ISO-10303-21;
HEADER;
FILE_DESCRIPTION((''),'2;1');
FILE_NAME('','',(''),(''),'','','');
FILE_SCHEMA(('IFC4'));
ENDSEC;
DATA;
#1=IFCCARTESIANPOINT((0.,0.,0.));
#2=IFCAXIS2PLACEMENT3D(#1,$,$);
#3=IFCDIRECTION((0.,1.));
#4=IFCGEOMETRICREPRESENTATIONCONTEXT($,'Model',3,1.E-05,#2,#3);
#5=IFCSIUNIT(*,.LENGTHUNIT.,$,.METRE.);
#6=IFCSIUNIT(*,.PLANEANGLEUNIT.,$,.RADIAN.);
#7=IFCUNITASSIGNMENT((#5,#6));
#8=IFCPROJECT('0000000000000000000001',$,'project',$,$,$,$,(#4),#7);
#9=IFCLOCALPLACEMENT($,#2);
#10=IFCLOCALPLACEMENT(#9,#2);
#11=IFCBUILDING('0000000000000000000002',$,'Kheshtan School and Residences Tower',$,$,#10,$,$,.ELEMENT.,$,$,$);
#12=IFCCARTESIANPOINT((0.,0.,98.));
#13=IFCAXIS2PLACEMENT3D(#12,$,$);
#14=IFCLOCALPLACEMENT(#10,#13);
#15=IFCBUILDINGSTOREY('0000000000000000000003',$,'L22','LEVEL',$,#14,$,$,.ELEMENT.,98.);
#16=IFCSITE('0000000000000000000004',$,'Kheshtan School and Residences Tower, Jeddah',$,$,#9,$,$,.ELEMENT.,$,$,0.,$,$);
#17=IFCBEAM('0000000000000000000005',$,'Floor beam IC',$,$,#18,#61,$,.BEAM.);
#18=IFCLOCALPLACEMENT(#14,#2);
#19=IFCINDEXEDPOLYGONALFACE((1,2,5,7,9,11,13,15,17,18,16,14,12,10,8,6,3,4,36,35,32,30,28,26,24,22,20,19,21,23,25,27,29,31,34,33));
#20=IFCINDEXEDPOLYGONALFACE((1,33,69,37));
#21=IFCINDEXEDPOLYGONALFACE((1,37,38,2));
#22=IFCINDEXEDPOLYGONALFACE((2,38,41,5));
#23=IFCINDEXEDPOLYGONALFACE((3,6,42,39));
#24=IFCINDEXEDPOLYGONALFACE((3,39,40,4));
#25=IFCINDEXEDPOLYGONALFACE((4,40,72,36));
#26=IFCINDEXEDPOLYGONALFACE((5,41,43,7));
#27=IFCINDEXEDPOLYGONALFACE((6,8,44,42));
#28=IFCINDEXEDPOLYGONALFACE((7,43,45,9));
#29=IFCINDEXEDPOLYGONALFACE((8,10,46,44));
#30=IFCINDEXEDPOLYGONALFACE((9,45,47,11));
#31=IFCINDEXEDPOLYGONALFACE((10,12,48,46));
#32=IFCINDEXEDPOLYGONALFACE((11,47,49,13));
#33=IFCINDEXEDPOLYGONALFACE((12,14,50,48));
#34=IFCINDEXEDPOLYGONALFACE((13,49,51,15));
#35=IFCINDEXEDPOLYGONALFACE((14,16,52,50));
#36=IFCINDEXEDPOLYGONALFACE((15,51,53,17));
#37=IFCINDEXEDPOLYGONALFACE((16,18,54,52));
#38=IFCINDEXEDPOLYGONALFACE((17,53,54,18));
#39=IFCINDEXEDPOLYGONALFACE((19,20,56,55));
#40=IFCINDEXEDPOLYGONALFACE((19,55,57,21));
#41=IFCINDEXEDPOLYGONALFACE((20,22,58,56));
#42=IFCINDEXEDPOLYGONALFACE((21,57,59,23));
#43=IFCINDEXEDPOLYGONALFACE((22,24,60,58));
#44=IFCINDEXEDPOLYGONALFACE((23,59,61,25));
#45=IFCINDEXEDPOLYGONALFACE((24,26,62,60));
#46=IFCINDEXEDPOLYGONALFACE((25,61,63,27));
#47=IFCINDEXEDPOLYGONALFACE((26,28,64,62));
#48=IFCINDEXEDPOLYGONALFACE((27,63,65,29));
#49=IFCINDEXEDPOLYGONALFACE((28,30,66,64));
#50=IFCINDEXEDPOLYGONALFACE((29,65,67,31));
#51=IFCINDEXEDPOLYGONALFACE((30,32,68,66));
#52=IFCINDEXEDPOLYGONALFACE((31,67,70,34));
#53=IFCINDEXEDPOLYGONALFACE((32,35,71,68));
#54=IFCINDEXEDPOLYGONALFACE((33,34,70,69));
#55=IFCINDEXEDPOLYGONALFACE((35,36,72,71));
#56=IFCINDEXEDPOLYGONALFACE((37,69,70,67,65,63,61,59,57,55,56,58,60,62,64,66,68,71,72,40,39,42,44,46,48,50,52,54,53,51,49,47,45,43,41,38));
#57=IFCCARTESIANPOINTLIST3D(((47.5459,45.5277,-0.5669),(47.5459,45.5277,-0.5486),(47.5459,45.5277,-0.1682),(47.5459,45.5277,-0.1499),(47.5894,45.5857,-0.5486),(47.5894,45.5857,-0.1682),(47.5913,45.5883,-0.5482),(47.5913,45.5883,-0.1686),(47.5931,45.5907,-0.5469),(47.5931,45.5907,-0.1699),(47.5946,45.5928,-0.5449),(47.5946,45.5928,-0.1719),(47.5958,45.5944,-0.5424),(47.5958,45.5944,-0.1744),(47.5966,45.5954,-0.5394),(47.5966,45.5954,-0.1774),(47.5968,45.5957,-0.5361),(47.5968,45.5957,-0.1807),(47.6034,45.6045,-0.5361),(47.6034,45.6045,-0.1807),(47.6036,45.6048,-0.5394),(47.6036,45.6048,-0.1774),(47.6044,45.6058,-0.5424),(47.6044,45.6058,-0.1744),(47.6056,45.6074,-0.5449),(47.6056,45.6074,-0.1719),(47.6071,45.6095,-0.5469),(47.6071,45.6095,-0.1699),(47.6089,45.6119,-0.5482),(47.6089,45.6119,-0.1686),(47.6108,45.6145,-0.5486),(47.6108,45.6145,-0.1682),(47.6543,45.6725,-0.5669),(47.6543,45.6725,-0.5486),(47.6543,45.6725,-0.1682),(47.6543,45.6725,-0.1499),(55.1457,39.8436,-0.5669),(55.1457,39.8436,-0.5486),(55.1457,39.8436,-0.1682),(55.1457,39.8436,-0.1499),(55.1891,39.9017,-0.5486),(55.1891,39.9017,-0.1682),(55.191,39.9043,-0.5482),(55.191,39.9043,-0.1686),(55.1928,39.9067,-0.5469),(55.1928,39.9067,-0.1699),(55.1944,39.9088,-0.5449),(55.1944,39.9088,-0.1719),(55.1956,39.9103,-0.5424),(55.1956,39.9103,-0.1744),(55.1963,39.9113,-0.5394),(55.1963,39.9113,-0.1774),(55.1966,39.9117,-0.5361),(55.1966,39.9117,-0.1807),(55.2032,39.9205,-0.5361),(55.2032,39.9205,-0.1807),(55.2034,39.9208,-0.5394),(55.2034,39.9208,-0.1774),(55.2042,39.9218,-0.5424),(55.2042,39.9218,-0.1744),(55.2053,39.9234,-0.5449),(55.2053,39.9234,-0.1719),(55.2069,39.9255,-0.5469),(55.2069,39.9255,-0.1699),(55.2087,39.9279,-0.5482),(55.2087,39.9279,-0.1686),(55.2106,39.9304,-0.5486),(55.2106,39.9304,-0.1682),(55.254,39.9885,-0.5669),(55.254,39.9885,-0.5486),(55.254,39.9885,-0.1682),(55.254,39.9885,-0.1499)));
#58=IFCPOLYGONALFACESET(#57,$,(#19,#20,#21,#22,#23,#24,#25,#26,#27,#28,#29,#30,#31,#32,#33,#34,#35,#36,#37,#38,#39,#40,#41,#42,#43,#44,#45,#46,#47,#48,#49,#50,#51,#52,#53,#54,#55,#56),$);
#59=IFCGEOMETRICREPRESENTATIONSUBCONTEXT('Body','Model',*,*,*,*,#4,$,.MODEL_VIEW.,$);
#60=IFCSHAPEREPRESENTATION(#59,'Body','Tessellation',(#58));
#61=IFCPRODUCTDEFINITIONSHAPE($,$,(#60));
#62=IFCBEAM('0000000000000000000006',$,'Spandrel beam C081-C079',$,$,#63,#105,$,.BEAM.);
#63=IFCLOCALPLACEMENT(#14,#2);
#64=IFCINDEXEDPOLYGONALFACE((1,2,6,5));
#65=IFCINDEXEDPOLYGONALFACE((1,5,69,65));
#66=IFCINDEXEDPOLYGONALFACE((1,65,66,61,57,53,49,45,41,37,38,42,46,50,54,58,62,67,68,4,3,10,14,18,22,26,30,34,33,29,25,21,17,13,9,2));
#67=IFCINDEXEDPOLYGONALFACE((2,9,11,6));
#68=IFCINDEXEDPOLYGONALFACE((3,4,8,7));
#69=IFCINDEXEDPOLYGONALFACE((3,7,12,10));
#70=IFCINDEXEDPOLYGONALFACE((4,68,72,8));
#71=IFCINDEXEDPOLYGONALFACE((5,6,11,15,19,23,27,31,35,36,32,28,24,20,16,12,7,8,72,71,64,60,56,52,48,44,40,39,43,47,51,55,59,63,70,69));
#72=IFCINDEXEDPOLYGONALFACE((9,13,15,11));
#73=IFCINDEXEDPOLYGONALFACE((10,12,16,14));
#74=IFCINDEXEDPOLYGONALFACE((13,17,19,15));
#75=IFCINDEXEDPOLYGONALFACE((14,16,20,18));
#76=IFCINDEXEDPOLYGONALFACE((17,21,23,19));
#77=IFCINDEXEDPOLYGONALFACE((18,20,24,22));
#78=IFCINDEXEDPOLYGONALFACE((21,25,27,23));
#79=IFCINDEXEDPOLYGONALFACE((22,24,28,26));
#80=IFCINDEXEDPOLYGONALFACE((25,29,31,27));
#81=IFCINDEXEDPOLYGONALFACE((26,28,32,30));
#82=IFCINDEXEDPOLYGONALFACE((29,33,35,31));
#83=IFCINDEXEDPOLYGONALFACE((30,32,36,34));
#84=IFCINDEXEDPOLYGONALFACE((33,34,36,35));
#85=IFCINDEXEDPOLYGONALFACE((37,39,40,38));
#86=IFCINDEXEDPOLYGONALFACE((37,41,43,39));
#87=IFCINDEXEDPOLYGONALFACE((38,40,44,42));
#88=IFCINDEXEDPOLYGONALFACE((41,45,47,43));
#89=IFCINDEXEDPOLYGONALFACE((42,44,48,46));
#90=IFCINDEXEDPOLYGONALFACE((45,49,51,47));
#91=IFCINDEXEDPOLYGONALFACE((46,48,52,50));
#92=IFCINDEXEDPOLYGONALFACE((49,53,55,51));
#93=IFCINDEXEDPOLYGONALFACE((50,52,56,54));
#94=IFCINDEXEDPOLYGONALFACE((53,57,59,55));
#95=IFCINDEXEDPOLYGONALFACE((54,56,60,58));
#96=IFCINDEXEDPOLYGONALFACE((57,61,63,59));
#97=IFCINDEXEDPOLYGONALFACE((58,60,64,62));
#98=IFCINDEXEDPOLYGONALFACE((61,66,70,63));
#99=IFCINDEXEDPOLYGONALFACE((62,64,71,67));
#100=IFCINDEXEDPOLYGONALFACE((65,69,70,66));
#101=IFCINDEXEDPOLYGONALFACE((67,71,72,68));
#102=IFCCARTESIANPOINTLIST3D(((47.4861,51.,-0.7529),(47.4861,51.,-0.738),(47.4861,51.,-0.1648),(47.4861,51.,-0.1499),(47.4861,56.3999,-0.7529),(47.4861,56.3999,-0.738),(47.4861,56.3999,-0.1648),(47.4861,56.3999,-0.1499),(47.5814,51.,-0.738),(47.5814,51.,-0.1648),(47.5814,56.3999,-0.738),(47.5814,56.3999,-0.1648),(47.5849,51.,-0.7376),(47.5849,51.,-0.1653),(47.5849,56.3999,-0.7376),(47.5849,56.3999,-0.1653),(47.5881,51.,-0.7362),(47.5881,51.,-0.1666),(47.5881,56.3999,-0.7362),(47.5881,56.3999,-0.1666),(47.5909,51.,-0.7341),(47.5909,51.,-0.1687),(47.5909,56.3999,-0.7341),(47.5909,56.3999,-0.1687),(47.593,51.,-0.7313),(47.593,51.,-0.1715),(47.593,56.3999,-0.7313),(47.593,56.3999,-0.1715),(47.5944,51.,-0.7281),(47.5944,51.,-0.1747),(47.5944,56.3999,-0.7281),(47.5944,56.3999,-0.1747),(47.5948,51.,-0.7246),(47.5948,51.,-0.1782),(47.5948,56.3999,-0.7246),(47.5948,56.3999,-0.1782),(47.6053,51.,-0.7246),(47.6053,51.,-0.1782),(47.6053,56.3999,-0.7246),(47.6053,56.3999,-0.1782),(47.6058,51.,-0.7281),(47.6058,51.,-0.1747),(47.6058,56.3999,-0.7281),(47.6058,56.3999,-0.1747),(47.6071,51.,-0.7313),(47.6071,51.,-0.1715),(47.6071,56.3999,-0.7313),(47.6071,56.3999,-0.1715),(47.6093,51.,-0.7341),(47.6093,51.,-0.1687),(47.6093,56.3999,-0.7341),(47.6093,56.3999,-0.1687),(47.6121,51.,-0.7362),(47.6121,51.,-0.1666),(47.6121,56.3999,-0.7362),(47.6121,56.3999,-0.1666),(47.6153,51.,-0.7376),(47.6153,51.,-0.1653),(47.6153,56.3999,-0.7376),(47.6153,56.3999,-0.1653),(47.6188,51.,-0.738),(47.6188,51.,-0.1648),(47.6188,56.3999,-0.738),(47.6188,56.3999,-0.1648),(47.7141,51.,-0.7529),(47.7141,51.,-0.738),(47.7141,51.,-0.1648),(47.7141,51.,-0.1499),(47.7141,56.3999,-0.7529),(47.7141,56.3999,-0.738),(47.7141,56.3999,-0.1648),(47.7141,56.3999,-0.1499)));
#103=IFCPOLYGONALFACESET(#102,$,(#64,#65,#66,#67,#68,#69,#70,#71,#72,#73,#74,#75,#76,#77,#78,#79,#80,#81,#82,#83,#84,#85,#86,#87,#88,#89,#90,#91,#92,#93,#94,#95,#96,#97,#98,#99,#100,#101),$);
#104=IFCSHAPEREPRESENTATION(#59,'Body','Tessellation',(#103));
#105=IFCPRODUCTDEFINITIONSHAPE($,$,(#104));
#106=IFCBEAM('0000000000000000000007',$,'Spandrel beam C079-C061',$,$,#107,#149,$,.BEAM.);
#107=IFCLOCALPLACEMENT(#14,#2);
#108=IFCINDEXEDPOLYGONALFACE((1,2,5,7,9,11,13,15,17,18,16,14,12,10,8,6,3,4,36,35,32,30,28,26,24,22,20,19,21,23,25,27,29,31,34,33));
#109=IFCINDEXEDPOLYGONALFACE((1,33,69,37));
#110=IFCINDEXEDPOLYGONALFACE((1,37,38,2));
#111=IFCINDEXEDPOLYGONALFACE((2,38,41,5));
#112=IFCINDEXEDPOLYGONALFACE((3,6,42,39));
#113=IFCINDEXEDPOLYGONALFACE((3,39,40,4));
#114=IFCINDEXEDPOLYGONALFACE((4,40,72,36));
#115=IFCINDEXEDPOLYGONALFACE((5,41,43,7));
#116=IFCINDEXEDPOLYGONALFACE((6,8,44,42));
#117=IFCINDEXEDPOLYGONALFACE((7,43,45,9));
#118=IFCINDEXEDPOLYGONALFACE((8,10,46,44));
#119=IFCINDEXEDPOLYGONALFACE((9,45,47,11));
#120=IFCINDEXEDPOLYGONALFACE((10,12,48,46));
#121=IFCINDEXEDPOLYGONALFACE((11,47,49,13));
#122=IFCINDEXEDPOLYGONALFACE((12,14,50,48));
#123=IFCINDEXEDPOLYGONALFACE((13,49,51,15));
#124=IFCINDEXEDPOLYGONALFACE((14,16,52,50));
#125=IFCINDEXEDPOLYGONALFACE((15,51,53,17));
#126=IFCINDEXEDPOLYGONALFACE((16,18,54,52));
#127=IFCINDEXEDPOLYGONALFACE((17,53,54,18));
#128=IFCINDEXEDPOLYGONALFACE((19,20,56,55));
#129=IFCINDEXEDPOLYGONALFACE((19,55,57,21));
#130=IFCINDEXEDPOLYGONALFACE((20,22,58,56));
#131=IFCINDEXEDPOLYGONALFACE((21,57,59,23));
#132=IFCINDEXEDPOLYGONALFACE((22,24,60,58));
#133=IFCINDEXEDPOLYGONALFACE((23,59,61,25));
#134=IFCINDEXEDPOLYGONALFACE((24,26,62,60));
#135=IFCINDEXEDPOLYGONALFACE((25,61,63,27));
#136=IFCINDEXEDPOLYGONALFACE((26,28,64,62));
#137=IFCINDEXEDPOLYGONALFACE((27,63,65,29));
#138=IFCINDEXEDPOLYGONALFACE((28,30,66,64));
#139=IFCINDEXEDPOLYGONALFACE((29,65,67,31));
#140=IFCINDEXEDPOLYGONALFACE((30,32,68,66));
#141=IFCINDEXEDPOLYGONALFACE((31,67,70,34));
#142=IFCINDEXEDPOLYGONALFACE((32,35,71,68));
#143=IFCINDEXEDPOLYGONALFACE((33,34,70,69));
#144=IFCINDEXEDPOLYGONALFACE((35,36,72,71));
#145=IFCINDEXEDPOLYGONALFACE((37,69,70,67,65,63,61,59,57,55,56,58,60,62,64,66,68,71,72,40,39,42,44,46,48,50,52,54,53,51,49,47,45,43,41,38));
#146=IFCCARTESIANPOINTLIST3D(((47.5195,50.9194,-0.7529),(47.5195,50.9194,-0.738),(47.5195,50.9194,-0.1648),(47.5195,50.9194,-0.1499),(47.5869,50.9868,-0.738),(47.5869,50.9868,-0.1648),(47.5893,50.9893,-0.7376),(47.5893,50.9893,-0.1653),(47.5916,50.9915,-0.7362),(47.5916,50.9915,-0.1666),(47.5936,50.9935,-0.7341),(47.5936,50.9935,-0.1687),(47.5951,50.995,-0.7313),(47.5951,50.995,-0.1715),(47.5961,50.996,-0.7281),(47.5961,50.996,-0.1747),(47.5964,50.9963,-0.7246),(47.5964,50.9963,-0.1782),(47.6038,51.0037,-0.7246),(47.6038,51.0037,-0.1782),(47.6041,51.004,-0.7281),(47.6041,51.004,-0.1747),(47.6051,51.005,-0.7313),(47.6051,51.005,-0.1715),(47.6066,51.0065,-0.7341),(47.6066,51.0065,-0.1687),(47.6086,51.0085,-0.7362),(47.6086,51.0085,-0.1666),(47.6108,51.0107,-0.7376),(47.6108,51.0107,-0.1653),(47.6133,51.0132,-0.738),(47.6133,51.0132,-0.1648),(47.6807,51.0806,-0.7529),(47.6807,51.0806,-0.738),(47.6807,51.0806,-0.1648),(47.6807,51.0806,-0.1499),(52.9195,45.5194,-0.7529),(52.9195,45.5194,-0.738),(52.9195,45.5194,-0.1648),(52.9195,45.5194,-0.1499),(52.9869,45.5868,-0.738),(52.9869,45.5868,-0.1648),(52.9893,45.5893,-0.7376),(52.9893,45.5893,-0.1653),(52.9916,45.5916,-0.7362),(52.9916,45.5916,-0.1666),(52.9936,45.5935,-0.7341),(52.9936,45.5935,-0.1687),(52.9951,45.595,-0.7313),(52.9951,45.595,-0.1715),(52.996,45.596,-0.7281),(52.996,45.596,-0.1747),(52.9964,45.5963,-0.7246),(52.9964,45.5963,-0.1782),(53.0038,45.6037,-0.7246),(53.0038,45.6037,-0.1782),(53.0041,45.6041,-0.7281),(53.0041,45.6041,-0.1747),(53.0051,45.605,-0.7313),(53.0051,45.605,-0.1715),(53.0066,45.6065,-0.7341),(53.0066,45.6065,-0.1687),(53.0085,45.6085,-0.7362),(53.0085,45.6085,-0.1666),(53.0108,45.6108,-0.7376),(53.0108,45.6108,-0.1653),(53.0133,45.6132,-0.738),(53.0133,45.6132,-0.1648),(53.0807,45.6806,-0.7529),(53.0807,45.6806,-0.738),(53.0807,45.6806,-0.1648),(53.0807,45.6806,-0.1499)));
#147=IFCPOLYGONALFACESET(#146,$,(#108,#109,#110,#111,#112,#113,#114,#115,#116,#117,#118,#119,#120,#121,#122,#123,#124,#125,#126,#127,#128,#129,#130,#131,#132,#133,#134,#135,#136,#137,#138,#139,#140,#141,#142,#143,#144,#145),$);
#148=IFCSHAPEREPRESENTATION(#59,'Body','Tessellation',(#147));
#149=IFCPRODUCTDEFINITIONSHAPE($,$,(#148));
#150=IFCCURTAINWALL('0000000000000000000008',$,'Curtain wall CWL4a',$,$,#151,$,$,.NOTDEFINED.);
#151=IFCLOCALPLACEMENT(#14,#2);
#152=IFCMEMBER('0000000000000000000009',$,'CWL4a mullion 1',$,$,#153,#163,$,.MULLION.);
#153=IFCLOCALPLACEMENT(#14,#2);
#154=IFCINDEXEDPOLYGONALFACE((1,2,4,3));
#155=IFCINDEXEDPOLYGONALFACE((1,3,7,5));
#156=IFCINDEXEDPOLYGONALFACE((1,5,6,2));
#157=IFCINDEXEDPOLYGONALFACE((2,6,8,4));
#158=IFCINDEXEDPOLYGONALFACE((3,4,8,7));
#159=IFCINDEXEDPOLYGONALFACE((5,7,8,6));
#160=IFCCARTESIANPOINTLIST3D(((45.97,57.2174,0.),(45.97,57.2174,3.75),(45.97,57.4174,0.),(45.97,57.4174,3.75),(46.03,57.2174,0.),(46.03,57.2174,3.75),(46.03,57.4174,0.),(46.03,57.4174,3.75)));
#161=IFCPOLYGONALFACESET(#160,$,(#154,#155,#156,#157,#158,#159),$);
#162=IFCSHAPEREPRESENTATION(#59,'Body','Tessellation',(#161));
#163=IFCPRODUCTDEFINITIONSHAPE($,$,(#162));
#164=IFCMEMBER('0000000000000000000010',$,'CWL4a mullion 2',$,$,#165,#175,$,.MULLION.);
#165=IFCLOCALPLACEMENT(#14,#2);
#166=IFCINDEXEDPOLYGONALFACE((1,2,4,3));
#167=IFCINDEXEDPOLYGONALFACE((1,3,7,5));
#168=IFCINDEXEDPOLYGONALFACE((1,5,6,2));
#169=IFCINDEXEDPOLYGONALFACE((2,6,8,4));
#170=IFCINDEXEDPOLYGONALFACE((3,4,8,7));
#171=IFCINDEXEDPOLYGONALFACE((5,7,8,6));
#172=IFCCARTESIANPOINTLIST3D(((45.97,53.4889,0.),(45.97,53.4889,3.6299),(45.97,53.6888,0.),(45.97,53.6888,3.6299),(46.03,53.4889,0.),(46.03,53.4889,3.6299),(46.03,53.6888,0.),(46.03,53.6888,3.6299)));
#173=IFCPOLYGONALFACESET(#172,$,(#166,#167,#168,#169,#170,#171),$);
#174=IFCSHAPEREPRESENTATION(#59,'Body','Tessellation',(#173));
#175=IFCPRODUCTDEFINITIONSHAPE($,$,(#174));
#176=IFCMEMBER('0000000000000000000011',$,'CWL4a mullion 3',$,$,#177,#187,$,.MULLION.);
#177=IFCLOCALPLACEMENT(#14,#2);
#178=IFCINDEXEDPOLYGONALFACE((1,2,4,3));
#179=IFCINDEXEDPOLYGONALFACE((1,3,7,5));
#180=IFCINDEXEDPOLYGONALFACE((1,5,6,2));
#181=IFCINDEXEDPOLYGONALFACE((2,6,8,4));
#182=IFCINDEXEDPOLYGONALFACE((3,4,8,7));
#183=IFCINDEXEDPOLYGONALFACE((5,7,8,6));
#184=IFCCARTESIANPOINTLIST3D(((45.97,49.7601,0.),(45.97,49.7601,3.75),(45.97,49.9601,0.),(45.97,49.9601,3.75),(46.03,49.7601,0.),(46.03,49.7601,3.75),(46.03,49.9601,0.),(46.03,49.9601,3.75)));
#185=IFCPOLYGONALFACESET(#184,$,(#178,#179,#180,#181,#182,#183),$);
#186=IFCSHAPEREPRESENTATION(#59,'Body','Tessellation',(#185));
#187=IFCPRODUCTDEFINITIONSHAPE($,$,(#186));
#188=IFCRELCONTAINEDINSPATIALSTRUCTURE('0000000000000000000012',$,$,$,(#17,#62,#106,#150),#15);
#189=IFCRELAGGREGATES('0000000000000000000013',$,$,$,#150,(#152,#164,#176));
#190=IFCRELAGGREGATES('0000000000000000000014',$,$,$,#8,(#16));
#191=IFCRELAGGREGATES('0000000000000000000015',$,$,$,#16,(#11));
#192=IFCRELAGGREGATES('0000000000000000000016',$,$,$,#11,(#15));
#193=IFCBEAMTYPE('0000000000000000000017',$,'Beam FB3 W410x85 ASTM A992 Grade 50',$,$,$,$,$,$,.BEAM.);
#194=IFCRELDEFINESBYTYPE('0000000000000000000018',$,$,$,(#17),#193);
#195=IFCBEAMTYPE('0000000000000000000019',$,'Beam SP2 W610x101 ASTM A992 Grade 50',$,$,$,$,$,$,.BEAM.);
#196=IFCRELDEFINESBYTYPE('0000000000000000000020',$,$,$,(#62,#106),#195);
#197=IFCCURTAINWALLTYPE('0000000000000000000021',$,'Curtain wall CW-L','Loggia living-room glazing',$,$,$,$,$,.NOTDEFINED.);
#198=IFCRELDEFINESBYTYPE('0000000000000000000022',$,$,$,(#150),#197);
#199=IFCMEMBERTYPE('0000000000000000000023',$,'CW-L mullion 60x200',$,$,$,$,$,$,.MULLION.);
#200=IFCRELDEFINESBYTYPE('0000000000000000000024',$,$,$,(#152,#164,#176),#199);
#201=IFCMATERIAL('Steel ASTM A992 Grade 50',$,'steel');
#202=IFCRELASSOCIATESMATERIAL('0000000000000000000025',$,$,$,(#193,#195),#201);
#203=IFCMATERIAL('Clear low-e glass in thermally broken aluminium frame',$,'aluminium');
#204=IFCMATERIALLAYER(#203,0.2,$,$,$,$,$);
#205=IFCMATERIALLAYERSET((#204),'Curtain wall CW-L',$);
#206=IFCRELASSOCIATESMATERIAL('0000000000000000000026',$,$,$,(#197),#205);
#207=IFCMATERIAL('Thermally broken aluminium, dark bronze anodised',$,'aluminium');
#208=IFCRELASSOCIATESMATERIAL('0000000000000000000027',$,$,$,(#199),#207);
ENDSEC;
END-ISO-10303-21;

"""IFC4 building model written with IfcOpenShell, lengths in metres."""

from ifc_helpers import new_model, si_unit, direction, frame, origin, origin_2d, place, context, subcontext, project, spatial, rectangle, i_section, extrude, material, layer, layer_set, material_profile, profile_set, type_object, element, aggregate, save


model = new_model("IFC4")

# Units and contexts
model_context = context("Model", 3, precision=1e-05, world=origin(), true_north=direction((0.0, 1.0)))
body_context = subcontext(model_context, "Body", "Model", "MODEL_VIEW")
ifc_project = project(units=[si_unit("LENGTHUNIT", "METRE"), si_unit("PLANEANGLEUNIT", "RADIAN")], contexts=[model_context])

# Site, building, storey
site_placement = place(None, origin())
site = spatial("IfcSite", under=ifc_project, at=site_placement, Name="Kheshtan School and Residences Tower, Jeddah", CompositionType="ELEMENT", RefElevation=0.0)
building_placement = place(site_placement, origin())
building = spatial("IfcBuilding", under=site, at=building_placement, Name="Kheshtan School and Residences Tower", CompositionType="ELEMENT")
storey_placement = place(building_placement, frame((0.0, 0.0, 98.0)))
storey = spatial("IfcBuildingStorey", under=building, at=storey_placement, Name="L22", Description="LEVEL", CompositionType="ELEMENT", Elevation=98.0)

# Shared definitions
ifc_material_1 = material(Name="Steel ASTM A992 Grade 50", Category="steel")

# Beams
ifc_material_profile_1 = material_profile(ifc_material_1, i_section(OverallWidth=0.1809, OverallDepth=0.417, WebThickness=0.011, FlangeThickness=0.0183, FilletRadius=0.0125, at=origin_2d()), Name="W410x85")
ifc_profile_set_1 = profile_set([ifc_material_profile_1], Name="Steel ASTM A992 Grade 50")
beam_type_1 = type_object("IfcBeamType", Name="Beam FB3 W410x85 ASTM A992 Grade 50", PredefinedType="BEAM", material=ifc_profile_set_1)
beam_1_placement = place(storey_placement, frame((47.6001, 45.6001, -0.3584), z_axis=(0.800799, -0.598933, 0.0), x_axis=(0.598933, 0.800799, 0.0)))
element("IfcBeam", 1, at=beam_1_placement, inside=storey, type_object=beam_type_1, Name="Floor beam IC", PredefinedType="BEAM", context=body_context, shape_type="SweptSolid", body=[
    extrude(i_section(OverallWidth=0.1809, OverallDepth=0.417, WebThickness=0.011, FlangeThickness=0.0183, FilletRadius=0.0125, at=origin_2d()), origin(), (0.0, 0.0, 1.0), 9.4902),
])
ifc_material_profile_2 = material_profile(ifc_material_1, i_section(OverallWidth=0.228, OverallDepth=0.603, WebThickness=0.0105, FlangeThickness=0.0149, FilletRadius=0.0134, at=origin_2d()), Name="W610x101")
ifc_profile_set_2 = profile_set([ifc_material_profile_2], Name="Steel ASTM A992 Grade 50")
beam_type_2 = type_object("IfcBeamType", Name="Beam SP2 W610x101 ASTM A992 Grade 50", PredefinedType="BEAM", material=ifc_profile_set_2)
beam_2_placement = place(storey_placement, frame((47.6001, 56.3999, -0.4514), z_axis=(0.0, -1.0, 0.0), x_axis=(1.0, 0.0, 0.0)))
element("IfcBeam", 2, at=beam_2_placement, inside=storey, type_object=beam_type_2, Name="Spandrel beam C081-C079", PredefinedType="BEAM", context=body_context, shape_type="SweptSolid", body=[
    extrude(i_section(OverallWidth=0.228, OverallDepth=0.603, WebThickness=0.0105, FlangeThickness=0.0149, FilletRadius=0.0134, at=origin_2d()), origin(), (0.0, 0.0, 1.0), 5.3999),
])
beam_3_placement = place(storey_placement, frame((47.6001, 51.0, -0.4514), z_axis=(0.707107, -0.707107, 0.0), x_axis=(0.707107, 0.707107, 0.0)))
element("IfcBeam", 3, at=beam_3_placement, inside=storey, type_object=beam_type_2, Name="Spandrel beam C079-C061", PredefinedType="BEAM", context=body_context, shape_type="SweptSolid", body=[
    extrude(i_section(OverallWidth=0.228, OverallDepth=0.603, WebThickness=0.0105, FlangeThickness=0.0149, FilletRadius=0.0134, at=origin_2d()), origin(), (0.0, 0.0, 1.0), 7.6367),
])

# Curtain wall, members
ifc_material_2 = material(Name="Clear low-e glass in thermally broken aluminium frame", Category="aluminium")
ifc_layer_1 = layer(ifc_material_2, 0.2)
ifc_layer_set_1 = layer_set([ifc_layer_1], Name="Curtain wall CW-L")
curtain_wall_type = type_object("IfcCurtainWallType", Name="Curtain wall CW-L", Description="Loggia living-room glazing", PredefinedType="NOTDEFINED", material=ifc_layer_set_1)
curtain_wall_placement = place(storey_placement, origin())
curtain_wall = element("IfcCurtainWall", 4, at=curtain_wall_placement, inside=storey, type_object=curtain_wall_type, Name="Curtain wall CWL4a", PredefinedType="NOTDEFINED")
ifc_material_3 = material(Name="Thermally broken aluminium, dark bronze anodised", Category="aluminium")
ifc_material_profile_3 = material_profile(ifc_material_3, rectangle(XDim=0.0601, YDim=0.2, at=origin_2d()), Name="CW-L mullion 60x200")
ifc_profile_set_3 = profile_set([ifc_material_profile_3], Name="Thermally broken aluminium, dark bronze anodised")
member_type_1 = type_object("IfcMemberType", Name="CW-L mullion 60x200", PredefinedType="MULLION", material=ifc_profile_set_3)
member_1_placement = place(storey_placement, frame((46.0, 57.3174, 0.0), z_axis=(0.0, 0.0, 1.0), x_axis=(1.0, 0.0, 0.0)))
member_1 = element("IfcMember", 5, at=member_1_placement, type_object=member_type_1, Name="CWL4a mullion 1", PredefinedType="MULLION", context=body_context, shape_type="SweptSolid", body=[
    extrude(rectangle(XDim=0.0601, YDim=0.2, at=origin_2d()), origin(), (0.0, 0.0, 1.0), 3.75),
])
member_2_placement = place(storey_placement, frame((46.0, 53.5889, 0.0), z_axis=(0.0, 0.0, 1.0), x_axis=(1.0, 0.0, 0.0)))
member_2 = element("IfcMember", 6, at=member_2_placement, type_object=member_type_1, Name="CWL4a mullion 2", PredefinedType="MULLION", context=body_context, shape_type="SweptSolid", body=[
    extrude(rectangle(XDim=0.0601, YDim=0.2, at=origin_2d()), origin(), (0.0, 0.0, 1.0), 3.6299),
])
member_3_placement = place(storey_placement, frame((46.0, 49.8601, 0.0), z_axis=(0.0, 0.0, 1.0), x_axis=(1.0, 0.0, 0.0)))
member_3 = element("IfcMember", 7, at=member_3_placement, type_object=member_type_1, Name="CWL4a mullion 3", PredefinedType="MULLION", context=body_context, shape_type="SweptSolid", body=[
    extrude(rectangle(XDim=0.0601, YDim=0.2, at=origin_2d()), origin(), (0.0, 0.0, 1.0), 3.75),
])
aggregate(curtain_wall, [member_1, member_2, member_3])

save(model, "model.ifc")
